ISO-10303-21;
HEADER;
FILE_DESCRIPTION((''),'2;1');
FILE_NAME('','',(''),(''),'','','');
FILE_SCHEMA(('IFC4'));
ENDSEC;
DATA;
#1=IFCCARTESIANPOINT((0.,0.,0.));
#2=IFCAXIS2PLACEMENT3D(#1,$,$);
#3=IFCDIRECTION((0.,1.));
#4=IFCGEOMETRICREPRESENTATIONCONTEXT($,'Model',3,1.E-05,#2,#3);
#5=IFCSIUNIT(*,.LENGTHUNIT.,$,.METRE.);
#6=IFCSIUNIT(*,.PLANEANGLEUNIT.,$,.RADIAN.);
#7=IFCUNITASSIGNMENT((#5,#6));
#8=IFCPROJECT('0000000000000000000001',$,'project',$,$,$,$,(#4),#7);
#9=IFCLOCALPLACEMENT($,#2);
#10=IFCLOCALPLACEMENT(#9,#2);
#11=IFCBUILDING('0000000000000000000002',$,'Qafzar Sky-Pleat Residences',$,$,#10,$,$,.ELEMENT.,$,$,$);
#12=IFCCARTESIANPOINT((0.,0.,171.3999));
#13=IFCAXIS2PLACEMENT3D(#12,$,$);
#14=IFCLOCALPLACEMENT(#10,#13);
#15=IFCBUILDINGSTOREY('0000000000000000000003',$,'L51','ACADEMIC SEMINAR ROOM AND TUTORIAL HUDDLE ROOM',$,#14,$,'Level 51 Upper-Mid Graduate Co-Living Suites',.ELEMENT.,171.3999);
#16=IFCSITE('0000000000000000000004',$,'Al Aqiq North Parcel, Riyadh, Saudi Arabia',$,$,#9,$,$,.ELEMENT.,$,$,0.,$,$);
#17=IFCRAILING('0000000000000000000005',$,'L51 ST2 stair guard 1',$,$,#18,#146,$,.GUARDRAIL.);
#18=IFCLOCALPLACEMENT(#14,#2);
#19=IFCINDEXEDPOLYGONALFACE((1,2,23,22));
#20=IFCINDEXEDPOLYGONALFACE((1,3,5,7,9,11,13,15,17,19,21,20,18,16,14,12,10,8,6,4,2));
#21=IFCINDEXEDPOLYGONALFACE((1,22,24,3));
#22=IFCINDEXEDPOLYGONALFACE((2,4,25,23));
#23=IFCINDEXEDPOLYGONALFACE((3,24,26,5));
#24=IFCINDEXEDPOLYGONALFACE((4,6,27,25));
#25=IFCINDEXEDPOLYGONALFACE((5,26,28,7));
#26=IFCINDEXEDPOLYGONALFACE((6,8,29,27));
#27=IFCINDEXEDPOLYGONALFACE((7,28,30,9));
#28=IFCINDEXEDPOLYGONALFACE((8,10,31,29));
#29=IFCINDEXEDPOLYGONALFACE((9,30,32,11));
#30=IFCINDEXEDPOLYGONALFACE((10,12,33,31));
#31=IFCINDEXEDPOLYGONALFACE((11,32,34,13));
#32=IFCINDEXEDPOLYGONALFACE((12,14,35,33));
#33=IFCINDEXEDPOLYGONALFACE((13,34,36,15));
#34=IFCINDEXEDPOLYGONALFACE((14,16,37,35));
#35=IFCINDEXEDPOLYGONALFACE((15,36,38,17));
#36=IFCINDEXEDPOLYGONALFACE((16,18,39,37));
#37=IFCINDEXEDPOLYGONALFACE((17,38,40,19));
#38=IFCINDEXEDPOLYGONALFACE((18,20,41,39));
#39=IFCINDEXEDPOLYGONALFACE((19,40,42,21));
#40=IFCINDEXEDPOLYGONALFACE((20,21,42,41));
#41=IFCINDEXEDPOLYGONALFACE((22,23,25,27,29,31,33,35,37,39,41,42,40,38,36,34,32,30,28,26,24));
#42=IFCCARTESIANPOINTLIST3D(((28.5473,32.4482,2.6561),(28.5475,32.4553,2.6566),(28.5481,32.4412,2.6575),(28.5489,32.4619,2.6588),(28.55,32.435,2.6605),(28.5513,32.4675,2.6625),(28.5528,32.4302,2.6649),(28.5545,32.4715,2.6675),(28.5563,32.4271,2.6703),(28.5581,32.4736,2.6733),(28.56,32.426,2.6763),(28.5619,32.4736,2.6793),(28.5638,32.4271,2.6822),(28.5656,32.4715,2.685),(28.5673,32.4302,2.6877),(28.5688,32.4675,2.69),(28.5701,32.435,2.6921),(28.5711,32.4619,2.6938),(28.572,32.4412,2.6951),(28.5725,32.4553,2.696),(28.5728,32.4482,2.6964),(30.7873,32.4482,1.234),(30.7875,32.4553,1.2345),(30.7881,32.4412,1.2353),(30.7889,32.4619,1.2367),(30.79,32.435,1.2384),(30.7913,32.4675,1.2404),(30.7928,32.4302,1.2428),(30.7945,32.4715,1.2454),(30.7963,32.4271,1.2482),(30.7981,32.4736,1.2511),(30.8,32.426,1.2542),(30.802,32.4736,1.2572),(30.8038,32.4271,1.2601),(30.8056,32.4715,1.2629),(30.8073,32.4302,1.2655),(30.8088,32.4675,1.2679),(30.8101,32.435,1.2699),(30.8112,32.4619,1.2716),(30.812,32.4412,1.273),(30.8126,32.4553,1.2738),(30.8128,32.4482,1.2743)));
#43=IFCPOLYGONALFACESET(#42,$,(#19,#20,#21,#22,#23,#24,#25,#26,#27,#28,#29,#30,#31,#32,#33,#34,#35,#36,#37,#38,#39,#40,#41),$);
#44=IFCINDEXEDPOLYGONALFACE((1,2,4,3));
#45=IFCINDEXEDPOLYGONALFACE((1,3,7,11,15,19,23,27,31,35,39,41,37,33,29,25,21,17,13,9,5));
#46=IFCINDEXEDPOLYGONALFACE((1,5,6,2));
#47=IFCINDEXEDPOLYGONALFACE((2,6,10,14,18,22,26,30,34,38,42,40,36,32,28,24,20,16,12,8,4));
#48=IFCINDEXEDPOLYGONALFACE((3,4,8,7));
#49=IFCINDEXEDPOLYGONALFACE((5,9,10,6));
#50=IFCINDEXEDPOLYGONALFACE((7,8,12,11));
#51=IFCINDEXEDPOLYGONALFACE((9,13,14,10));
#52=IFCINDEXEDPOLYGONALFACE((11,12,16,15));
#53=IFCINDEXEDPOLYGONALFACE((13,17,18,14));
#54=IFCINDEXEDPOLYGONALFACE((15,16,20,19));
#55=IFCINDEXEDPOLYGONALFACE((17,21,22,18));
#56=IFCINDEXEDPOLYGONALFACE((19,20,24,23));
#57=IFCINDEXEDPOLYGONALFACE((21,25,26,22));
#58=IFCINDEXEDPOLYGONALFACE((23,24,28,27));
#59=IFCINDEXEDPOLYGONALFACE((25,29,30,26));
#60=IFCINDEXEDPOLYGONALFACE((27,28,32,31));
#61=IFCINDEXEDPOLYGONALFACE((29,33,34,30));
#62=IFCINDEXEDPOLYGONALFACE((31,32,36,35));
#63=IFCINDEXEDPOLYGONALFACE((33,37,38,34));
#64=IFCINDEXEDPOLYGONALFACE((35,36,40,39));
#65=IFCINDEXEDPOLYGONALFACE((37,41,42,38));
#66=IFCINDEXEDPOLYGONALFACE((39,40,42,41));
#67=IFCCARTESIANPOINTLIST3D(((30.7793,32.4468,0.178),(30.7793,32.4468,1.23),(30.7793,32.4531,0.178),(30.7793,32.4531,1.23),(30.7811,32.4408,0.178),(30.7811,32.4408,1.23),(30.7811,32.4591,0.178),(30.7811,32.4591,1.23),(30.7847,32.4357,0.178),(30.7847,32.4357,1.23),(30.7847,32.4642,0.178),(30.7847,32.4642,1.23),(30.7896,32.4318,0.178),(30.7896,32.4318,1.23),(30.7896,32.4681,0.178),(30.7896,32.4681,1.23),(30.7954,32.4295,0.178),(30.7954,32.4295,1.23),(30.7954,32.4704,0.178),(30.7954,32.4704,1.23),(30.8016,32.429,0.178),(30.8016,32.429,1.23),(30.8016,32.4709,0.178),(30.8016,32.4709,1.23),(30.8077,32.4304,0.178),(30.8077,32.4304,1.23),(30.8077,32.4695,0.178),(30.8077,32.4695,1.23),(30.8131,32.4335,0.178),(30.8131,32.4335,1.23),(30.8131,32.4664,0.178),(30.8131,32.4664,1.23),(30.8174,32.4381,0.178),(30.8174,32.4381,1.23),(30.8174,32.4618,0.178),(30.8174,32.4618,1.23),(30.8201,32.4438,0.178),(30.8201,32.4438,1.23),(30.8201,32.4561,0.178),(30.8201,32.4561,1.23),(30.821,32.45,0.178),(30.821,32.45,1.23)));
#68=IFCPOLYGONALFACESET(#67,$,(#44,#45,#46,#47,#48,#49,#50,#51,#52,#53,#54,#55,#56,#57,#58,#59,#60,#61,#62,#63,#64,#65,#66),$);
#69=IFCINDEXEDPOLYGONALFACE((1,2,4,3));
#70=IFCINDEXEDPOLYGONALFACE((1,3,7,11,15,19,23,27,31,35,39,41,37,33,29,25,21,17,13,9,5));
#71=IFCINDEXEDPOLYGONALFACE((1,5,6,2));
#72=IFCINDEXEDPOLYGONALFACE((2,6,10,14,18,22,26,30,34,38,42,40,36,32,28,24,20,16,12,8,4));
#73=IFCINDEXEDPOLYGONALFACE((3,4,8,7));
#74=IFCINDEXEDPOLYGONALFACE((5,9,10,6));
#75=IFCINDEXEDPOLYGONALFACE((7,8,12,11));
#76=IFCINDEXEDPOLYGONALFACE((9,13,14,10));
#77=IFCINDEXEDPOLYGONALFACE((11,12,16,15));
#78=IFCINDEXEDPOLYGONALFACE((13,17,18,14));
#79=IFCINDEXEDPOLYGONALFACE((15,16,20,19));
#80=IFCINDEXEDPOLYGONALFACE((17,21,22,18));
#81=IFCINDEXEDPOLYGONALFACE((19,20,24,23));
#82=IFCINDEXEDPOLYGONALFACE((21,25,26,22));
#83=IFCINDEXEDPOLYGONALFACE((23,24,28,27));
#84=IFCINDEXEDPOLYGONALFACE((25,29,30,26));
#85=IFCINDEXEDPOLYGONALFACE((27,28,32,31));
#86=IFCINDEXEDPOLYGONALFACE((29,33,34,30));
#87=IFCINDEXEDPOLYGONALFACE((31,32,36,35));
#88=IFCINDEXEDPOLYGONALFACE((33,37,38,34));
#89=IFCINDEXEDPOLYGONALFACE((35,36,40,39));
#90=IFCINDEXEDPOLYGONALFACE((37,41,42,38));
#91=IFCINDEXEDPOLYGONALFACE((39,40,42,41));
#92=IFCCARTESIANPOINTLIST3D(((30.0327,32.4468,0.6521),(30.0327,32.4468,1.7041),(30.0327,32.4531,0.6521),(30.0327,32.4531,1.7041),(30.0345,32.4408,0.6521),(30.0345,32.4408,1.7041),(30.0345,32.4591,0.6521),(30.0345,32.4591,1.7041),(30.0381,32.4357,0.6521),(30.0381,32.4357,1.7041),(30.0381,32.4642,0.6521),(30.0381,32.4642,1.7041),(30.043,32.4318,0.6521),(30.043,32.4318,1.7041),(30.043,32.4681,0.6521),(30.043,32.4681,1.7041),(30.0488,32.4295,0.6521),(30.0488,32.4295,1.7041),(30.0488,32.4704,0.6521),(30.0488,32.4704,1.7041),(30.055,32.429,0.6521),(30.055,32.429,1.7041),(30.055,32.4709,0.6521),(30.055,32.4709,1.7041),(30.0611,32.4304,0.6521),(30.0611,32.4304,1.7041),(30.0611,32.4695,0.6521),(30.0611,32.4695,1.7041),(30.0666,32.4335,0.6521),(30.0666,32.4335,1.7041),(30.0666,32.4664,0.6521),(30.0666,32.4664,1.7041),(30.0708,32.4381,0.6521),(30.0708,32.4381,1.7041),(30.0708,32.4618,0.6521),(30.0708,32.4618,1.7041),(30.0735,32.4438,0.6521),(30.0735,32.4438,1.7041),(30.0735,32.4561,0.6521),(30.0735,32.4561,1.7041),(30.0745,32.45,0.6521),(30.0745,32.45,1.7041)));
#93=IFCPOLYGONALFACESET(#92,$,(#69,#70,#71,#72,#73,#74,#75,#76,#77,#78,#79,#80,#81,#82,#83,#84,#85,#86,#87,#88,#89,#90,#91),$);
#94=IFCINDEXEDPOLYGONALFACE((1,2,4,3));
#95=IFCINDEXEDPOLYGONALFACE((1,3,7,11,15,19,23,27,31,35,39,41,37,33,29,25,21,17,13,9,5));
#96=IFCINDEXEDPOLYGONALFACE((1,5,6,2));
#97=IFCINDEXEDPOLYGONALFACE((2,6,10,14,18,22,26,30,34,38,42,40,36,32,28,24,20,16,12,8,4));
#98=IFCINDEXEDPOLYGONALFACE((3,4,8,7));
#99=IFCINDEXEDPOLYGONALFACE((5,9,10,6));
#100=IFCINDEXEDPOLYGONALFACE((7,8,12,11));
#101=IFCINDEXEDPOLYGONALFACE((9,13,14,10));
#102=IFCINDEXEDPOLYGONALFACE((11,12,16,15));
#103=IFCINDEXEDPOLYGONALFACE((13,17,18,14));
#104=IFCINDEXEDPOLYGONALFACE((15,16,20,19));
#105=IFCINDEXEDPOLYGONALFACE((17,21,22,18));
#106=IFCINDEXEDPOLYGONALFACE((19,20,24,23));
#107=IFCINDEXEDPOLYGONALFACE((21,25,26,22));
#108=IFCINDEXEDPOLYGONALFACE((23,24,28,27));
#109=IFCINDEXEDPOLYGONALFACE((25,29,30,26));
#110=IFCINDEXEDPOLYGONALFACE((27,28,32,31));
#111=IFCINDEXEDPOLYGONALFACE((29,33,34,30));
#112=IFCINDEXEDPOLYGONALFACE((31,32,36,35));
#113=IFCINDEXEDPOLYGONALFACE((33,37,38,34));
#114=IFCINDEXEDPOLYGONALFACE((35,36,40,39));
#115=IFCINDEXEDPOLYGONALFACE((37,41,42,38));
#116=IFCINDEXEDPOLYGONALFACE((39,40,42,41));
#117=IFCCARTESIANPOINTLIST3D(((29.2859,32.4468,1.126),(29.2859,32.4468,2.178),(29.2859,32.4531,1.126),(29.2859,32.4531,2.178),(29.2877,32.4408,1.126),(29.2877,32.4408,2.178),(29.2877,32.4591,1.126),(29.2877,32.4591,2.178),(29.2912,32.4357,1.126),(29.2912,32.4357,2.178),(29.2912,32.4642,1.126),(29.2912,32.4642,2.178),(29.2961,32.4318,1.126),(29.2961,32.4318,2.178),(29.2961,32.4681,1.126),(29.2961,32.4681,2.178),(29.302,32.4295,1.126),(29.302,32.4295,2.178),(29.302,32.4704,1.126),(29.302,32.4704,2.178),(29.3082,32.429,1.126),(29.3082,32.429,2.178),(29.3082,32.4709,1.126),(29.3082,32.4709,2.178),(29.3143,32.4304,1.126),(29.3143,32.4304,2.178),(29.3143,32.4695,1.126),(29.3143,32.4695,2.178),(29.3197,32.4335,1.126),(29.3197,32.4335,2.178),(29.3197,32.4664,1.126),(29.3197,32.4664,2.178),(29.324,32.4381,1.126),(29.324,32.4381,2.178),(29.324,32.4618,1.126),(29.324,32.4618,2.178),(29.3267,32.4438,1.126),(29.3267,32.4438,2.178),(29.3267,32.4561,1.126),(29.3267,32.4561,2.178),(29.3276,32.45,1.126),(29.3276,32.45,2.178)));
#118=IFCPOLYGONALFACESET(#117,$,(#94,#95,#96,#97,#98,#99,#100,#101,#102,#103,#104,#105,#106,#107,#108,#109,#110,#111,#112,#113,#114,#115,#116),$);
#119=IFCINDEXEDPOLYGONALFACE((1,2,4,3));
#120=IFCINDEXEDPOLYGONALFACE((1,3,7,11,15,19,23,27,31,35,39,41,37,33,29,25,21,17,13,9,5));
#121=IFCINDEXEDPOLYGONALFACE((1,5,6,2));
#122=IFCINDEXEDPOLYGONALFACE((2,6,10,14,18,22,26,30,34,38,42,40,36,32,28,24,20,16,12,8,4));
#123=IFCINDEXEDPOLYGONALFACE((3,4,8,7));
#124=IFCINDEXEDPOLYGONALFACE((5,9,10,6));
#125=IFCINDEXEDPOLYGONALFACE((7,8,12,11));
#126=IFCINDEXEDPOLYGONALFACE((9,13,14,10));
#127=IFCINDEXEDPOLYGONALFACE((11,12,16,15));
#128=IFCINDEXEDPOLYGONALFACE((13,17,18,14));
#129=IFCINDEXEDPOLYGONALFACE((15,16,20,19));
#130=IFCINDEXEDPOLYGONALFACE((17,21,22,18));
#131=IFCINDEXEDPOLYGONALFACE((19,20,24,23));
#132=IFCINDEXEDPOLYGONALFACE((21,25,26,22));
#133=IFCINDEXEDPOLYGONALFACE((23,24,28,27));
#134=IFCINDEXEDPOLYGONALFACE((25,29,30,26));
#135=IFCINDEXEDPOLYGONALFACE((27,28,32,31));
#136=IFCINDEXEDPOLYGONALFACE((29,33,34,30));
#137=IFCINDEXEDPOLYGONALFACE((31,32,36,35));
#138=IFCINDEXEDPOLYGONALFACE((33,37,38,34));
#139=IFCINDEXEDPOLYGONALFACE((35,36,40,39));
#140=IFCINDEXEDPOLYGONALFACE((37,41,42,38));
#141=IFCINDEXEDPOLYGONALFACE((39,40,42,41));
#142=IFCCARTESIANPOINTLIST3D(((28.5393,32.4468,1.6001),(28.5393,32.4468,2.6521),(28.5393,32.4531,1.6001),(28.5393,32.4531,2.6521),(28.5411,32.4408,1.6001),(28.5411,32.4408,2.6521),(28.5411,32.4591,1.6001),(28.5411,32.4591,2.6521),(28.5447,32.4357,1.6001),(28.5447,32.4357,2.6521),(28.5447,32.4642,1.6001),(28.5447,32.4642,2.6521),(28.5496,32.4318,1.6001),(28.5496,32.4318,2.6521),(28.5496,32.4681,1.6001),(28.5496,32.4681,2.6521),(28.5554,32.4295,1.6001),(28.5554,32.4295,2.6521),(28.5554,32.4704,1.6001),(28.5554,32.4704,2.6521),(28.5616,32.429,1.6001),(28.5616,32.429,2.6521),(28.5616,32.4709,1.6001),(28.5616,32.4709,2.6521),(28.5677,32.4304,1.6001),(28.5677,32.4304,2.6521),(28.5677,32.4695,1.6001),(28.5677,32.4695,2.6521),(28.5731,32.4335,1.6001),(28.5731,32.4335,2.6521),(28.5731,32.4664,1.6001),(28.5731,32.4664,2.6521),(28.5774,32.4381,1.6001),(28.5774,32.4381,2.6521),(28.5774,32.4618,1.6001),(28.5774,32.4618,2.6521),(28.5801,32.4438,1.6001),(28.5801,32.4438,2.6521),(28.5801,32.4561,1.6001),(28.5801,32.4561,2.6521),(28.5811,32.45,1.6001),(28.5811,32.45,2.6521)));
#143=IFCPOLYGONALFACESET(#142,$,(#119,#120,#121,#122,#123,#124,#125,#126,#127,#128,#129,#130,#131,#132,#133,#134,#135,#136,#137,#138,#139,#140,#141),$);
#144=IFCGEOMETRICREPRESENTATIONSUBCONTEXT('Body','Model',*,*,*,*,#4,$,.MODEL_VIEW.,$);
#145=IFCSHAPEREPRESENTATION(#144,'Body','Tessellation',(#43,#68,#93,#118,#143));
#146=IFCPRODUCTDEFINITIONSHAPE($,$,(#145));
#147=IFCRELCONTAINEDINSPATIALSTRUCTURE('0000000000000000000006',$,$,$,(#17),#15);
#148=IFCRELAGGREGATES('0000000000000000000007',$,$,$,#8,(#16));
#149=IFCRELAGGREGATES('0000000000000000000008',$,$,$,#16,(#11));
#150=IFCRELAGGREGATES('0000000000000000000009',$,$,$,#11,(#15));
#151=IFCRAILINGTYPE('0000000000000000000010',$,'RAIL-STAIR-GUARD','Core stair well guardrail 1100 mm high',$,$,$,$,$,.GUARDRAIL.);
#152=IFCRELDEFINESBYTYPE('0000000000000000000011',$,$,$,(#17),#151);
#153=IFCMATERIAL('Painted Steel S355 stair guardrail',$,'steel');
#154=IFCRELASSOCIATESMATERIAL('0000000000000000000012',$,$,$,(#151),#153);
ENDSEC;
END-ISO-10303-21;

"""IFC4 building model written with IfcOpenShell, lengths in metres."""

from ifc_helpers import new_model, si_unit, direction, frame, origin, origin_2d, place, context, subcontext, project, spatial, circle, extrude, source, transform, mapped, material, type_object, element, save


model = new_model("IFC4")

# Units and contexts
model_context = context("Model", 3, precision=1e-05, world=origin(), true_north=direction((0.0, 1.0)))
body_context = subcontext(model_context, "Body", "Model", "MODEL_VIEW")
ifc_project = project(units=[si_unit("LENGTHUNIT", "METRE"), si_unit("PLANEANGLEUNIT", "RADIAN")], contexts=[model_context])

# Site, building, storey
site_placement = place(None, origin())
site = spatial("IfcSite", under=ifc_project, at=site_placement, Name="Al Aqiq North Parcel, Riyadh, Saudi Arabia", CompositionType="ELEMENT", RefElevation=0.0)
building_placement = place(site_placement, origin())
building = spatial("IfcBuilding", under=site, at=building_placement, Name="Qafzar Sky-Pleat Residences", CompositionType="ELEMENT")
storey_placement = place(building_placement, frame((0.0, 0.0, 171.3999)))
storey = spatial("IfcBuildingStorey", under=building, at=storey_placement, Name="L51", Description="ACADEMIC SEMINAR ROOM AND TUTORIAL HUDDLE ROOM", LongName="Level 51 Upper-Mid Graduate Co-Living Suites", CompositionType="ELEMENT", Elevation=171.3999)

# Railing
ifc_material_1 = material(Name="Painted Steel S355 stair guardrail", Category="steel")
railing_type_1 = type_object("IfcRailingType", Name="RAIL-STAIR-GUARD", Description="Core stair well guardrail 1100 mm high", PredefinedType="GUARDRAIL", material=ifc_material_1)
shared_shape_1 = source(origin(), body_context, "Body", "SweptSolid", [
    extrude(circle(Radius=0.0239, at=origin_2d()), frame((0.0, 0.0, 1.0762), z_axis=(-0.844229, 0.0, 0.535982), x_axis=(0.0, -1.0, 0.0)), (0.0, 0.0, 1.0), 2.6533),
    extrude(circle(Radius=0.021, at=origin_2d()), origin(), (0.0, 0.0, 1.0), 1.052),
    extrude(circle(Radius=0.021, at=origin_2d()), frame((-0.7466, 0.0, 0.4741)), (0.0, 0.0, 1.0), 1.052),
    extrude(circle(Radius=0.021, at=origin_2d()), frame((-1.4934, 0.0, 0.948)), (0.0, 0.0, 1.0), 1.052),
    extrude(circle(Radius=0.021, at=origin_2d()), frame((-2.24, 0.0, 1.4221)), (0.0, 0.0, 1.0), 1.052),
])
railing_1_placement = place(storey_placement, frame((30.8, 32.45, 0.178)))
element("IfcRailing", 1, at=railing_1_placement, inside=storey, type_object=railing_type_1, Name="L51 ST2 stair guard 1", PredefinedType="GUARDRAIL", context=body_context, shape_type="MappedRepresentation", body=[
    mapped(shared_shape_1, transform((0.0, 0.0, 0.0), x_axis=(1.0, 0.0, 0.0), y_axis=(0.0, 1.0, 0.0), z_axis=(0.0, 0.0, 1.0), scale=1.0)),
])

save(model, "model.ifc")
